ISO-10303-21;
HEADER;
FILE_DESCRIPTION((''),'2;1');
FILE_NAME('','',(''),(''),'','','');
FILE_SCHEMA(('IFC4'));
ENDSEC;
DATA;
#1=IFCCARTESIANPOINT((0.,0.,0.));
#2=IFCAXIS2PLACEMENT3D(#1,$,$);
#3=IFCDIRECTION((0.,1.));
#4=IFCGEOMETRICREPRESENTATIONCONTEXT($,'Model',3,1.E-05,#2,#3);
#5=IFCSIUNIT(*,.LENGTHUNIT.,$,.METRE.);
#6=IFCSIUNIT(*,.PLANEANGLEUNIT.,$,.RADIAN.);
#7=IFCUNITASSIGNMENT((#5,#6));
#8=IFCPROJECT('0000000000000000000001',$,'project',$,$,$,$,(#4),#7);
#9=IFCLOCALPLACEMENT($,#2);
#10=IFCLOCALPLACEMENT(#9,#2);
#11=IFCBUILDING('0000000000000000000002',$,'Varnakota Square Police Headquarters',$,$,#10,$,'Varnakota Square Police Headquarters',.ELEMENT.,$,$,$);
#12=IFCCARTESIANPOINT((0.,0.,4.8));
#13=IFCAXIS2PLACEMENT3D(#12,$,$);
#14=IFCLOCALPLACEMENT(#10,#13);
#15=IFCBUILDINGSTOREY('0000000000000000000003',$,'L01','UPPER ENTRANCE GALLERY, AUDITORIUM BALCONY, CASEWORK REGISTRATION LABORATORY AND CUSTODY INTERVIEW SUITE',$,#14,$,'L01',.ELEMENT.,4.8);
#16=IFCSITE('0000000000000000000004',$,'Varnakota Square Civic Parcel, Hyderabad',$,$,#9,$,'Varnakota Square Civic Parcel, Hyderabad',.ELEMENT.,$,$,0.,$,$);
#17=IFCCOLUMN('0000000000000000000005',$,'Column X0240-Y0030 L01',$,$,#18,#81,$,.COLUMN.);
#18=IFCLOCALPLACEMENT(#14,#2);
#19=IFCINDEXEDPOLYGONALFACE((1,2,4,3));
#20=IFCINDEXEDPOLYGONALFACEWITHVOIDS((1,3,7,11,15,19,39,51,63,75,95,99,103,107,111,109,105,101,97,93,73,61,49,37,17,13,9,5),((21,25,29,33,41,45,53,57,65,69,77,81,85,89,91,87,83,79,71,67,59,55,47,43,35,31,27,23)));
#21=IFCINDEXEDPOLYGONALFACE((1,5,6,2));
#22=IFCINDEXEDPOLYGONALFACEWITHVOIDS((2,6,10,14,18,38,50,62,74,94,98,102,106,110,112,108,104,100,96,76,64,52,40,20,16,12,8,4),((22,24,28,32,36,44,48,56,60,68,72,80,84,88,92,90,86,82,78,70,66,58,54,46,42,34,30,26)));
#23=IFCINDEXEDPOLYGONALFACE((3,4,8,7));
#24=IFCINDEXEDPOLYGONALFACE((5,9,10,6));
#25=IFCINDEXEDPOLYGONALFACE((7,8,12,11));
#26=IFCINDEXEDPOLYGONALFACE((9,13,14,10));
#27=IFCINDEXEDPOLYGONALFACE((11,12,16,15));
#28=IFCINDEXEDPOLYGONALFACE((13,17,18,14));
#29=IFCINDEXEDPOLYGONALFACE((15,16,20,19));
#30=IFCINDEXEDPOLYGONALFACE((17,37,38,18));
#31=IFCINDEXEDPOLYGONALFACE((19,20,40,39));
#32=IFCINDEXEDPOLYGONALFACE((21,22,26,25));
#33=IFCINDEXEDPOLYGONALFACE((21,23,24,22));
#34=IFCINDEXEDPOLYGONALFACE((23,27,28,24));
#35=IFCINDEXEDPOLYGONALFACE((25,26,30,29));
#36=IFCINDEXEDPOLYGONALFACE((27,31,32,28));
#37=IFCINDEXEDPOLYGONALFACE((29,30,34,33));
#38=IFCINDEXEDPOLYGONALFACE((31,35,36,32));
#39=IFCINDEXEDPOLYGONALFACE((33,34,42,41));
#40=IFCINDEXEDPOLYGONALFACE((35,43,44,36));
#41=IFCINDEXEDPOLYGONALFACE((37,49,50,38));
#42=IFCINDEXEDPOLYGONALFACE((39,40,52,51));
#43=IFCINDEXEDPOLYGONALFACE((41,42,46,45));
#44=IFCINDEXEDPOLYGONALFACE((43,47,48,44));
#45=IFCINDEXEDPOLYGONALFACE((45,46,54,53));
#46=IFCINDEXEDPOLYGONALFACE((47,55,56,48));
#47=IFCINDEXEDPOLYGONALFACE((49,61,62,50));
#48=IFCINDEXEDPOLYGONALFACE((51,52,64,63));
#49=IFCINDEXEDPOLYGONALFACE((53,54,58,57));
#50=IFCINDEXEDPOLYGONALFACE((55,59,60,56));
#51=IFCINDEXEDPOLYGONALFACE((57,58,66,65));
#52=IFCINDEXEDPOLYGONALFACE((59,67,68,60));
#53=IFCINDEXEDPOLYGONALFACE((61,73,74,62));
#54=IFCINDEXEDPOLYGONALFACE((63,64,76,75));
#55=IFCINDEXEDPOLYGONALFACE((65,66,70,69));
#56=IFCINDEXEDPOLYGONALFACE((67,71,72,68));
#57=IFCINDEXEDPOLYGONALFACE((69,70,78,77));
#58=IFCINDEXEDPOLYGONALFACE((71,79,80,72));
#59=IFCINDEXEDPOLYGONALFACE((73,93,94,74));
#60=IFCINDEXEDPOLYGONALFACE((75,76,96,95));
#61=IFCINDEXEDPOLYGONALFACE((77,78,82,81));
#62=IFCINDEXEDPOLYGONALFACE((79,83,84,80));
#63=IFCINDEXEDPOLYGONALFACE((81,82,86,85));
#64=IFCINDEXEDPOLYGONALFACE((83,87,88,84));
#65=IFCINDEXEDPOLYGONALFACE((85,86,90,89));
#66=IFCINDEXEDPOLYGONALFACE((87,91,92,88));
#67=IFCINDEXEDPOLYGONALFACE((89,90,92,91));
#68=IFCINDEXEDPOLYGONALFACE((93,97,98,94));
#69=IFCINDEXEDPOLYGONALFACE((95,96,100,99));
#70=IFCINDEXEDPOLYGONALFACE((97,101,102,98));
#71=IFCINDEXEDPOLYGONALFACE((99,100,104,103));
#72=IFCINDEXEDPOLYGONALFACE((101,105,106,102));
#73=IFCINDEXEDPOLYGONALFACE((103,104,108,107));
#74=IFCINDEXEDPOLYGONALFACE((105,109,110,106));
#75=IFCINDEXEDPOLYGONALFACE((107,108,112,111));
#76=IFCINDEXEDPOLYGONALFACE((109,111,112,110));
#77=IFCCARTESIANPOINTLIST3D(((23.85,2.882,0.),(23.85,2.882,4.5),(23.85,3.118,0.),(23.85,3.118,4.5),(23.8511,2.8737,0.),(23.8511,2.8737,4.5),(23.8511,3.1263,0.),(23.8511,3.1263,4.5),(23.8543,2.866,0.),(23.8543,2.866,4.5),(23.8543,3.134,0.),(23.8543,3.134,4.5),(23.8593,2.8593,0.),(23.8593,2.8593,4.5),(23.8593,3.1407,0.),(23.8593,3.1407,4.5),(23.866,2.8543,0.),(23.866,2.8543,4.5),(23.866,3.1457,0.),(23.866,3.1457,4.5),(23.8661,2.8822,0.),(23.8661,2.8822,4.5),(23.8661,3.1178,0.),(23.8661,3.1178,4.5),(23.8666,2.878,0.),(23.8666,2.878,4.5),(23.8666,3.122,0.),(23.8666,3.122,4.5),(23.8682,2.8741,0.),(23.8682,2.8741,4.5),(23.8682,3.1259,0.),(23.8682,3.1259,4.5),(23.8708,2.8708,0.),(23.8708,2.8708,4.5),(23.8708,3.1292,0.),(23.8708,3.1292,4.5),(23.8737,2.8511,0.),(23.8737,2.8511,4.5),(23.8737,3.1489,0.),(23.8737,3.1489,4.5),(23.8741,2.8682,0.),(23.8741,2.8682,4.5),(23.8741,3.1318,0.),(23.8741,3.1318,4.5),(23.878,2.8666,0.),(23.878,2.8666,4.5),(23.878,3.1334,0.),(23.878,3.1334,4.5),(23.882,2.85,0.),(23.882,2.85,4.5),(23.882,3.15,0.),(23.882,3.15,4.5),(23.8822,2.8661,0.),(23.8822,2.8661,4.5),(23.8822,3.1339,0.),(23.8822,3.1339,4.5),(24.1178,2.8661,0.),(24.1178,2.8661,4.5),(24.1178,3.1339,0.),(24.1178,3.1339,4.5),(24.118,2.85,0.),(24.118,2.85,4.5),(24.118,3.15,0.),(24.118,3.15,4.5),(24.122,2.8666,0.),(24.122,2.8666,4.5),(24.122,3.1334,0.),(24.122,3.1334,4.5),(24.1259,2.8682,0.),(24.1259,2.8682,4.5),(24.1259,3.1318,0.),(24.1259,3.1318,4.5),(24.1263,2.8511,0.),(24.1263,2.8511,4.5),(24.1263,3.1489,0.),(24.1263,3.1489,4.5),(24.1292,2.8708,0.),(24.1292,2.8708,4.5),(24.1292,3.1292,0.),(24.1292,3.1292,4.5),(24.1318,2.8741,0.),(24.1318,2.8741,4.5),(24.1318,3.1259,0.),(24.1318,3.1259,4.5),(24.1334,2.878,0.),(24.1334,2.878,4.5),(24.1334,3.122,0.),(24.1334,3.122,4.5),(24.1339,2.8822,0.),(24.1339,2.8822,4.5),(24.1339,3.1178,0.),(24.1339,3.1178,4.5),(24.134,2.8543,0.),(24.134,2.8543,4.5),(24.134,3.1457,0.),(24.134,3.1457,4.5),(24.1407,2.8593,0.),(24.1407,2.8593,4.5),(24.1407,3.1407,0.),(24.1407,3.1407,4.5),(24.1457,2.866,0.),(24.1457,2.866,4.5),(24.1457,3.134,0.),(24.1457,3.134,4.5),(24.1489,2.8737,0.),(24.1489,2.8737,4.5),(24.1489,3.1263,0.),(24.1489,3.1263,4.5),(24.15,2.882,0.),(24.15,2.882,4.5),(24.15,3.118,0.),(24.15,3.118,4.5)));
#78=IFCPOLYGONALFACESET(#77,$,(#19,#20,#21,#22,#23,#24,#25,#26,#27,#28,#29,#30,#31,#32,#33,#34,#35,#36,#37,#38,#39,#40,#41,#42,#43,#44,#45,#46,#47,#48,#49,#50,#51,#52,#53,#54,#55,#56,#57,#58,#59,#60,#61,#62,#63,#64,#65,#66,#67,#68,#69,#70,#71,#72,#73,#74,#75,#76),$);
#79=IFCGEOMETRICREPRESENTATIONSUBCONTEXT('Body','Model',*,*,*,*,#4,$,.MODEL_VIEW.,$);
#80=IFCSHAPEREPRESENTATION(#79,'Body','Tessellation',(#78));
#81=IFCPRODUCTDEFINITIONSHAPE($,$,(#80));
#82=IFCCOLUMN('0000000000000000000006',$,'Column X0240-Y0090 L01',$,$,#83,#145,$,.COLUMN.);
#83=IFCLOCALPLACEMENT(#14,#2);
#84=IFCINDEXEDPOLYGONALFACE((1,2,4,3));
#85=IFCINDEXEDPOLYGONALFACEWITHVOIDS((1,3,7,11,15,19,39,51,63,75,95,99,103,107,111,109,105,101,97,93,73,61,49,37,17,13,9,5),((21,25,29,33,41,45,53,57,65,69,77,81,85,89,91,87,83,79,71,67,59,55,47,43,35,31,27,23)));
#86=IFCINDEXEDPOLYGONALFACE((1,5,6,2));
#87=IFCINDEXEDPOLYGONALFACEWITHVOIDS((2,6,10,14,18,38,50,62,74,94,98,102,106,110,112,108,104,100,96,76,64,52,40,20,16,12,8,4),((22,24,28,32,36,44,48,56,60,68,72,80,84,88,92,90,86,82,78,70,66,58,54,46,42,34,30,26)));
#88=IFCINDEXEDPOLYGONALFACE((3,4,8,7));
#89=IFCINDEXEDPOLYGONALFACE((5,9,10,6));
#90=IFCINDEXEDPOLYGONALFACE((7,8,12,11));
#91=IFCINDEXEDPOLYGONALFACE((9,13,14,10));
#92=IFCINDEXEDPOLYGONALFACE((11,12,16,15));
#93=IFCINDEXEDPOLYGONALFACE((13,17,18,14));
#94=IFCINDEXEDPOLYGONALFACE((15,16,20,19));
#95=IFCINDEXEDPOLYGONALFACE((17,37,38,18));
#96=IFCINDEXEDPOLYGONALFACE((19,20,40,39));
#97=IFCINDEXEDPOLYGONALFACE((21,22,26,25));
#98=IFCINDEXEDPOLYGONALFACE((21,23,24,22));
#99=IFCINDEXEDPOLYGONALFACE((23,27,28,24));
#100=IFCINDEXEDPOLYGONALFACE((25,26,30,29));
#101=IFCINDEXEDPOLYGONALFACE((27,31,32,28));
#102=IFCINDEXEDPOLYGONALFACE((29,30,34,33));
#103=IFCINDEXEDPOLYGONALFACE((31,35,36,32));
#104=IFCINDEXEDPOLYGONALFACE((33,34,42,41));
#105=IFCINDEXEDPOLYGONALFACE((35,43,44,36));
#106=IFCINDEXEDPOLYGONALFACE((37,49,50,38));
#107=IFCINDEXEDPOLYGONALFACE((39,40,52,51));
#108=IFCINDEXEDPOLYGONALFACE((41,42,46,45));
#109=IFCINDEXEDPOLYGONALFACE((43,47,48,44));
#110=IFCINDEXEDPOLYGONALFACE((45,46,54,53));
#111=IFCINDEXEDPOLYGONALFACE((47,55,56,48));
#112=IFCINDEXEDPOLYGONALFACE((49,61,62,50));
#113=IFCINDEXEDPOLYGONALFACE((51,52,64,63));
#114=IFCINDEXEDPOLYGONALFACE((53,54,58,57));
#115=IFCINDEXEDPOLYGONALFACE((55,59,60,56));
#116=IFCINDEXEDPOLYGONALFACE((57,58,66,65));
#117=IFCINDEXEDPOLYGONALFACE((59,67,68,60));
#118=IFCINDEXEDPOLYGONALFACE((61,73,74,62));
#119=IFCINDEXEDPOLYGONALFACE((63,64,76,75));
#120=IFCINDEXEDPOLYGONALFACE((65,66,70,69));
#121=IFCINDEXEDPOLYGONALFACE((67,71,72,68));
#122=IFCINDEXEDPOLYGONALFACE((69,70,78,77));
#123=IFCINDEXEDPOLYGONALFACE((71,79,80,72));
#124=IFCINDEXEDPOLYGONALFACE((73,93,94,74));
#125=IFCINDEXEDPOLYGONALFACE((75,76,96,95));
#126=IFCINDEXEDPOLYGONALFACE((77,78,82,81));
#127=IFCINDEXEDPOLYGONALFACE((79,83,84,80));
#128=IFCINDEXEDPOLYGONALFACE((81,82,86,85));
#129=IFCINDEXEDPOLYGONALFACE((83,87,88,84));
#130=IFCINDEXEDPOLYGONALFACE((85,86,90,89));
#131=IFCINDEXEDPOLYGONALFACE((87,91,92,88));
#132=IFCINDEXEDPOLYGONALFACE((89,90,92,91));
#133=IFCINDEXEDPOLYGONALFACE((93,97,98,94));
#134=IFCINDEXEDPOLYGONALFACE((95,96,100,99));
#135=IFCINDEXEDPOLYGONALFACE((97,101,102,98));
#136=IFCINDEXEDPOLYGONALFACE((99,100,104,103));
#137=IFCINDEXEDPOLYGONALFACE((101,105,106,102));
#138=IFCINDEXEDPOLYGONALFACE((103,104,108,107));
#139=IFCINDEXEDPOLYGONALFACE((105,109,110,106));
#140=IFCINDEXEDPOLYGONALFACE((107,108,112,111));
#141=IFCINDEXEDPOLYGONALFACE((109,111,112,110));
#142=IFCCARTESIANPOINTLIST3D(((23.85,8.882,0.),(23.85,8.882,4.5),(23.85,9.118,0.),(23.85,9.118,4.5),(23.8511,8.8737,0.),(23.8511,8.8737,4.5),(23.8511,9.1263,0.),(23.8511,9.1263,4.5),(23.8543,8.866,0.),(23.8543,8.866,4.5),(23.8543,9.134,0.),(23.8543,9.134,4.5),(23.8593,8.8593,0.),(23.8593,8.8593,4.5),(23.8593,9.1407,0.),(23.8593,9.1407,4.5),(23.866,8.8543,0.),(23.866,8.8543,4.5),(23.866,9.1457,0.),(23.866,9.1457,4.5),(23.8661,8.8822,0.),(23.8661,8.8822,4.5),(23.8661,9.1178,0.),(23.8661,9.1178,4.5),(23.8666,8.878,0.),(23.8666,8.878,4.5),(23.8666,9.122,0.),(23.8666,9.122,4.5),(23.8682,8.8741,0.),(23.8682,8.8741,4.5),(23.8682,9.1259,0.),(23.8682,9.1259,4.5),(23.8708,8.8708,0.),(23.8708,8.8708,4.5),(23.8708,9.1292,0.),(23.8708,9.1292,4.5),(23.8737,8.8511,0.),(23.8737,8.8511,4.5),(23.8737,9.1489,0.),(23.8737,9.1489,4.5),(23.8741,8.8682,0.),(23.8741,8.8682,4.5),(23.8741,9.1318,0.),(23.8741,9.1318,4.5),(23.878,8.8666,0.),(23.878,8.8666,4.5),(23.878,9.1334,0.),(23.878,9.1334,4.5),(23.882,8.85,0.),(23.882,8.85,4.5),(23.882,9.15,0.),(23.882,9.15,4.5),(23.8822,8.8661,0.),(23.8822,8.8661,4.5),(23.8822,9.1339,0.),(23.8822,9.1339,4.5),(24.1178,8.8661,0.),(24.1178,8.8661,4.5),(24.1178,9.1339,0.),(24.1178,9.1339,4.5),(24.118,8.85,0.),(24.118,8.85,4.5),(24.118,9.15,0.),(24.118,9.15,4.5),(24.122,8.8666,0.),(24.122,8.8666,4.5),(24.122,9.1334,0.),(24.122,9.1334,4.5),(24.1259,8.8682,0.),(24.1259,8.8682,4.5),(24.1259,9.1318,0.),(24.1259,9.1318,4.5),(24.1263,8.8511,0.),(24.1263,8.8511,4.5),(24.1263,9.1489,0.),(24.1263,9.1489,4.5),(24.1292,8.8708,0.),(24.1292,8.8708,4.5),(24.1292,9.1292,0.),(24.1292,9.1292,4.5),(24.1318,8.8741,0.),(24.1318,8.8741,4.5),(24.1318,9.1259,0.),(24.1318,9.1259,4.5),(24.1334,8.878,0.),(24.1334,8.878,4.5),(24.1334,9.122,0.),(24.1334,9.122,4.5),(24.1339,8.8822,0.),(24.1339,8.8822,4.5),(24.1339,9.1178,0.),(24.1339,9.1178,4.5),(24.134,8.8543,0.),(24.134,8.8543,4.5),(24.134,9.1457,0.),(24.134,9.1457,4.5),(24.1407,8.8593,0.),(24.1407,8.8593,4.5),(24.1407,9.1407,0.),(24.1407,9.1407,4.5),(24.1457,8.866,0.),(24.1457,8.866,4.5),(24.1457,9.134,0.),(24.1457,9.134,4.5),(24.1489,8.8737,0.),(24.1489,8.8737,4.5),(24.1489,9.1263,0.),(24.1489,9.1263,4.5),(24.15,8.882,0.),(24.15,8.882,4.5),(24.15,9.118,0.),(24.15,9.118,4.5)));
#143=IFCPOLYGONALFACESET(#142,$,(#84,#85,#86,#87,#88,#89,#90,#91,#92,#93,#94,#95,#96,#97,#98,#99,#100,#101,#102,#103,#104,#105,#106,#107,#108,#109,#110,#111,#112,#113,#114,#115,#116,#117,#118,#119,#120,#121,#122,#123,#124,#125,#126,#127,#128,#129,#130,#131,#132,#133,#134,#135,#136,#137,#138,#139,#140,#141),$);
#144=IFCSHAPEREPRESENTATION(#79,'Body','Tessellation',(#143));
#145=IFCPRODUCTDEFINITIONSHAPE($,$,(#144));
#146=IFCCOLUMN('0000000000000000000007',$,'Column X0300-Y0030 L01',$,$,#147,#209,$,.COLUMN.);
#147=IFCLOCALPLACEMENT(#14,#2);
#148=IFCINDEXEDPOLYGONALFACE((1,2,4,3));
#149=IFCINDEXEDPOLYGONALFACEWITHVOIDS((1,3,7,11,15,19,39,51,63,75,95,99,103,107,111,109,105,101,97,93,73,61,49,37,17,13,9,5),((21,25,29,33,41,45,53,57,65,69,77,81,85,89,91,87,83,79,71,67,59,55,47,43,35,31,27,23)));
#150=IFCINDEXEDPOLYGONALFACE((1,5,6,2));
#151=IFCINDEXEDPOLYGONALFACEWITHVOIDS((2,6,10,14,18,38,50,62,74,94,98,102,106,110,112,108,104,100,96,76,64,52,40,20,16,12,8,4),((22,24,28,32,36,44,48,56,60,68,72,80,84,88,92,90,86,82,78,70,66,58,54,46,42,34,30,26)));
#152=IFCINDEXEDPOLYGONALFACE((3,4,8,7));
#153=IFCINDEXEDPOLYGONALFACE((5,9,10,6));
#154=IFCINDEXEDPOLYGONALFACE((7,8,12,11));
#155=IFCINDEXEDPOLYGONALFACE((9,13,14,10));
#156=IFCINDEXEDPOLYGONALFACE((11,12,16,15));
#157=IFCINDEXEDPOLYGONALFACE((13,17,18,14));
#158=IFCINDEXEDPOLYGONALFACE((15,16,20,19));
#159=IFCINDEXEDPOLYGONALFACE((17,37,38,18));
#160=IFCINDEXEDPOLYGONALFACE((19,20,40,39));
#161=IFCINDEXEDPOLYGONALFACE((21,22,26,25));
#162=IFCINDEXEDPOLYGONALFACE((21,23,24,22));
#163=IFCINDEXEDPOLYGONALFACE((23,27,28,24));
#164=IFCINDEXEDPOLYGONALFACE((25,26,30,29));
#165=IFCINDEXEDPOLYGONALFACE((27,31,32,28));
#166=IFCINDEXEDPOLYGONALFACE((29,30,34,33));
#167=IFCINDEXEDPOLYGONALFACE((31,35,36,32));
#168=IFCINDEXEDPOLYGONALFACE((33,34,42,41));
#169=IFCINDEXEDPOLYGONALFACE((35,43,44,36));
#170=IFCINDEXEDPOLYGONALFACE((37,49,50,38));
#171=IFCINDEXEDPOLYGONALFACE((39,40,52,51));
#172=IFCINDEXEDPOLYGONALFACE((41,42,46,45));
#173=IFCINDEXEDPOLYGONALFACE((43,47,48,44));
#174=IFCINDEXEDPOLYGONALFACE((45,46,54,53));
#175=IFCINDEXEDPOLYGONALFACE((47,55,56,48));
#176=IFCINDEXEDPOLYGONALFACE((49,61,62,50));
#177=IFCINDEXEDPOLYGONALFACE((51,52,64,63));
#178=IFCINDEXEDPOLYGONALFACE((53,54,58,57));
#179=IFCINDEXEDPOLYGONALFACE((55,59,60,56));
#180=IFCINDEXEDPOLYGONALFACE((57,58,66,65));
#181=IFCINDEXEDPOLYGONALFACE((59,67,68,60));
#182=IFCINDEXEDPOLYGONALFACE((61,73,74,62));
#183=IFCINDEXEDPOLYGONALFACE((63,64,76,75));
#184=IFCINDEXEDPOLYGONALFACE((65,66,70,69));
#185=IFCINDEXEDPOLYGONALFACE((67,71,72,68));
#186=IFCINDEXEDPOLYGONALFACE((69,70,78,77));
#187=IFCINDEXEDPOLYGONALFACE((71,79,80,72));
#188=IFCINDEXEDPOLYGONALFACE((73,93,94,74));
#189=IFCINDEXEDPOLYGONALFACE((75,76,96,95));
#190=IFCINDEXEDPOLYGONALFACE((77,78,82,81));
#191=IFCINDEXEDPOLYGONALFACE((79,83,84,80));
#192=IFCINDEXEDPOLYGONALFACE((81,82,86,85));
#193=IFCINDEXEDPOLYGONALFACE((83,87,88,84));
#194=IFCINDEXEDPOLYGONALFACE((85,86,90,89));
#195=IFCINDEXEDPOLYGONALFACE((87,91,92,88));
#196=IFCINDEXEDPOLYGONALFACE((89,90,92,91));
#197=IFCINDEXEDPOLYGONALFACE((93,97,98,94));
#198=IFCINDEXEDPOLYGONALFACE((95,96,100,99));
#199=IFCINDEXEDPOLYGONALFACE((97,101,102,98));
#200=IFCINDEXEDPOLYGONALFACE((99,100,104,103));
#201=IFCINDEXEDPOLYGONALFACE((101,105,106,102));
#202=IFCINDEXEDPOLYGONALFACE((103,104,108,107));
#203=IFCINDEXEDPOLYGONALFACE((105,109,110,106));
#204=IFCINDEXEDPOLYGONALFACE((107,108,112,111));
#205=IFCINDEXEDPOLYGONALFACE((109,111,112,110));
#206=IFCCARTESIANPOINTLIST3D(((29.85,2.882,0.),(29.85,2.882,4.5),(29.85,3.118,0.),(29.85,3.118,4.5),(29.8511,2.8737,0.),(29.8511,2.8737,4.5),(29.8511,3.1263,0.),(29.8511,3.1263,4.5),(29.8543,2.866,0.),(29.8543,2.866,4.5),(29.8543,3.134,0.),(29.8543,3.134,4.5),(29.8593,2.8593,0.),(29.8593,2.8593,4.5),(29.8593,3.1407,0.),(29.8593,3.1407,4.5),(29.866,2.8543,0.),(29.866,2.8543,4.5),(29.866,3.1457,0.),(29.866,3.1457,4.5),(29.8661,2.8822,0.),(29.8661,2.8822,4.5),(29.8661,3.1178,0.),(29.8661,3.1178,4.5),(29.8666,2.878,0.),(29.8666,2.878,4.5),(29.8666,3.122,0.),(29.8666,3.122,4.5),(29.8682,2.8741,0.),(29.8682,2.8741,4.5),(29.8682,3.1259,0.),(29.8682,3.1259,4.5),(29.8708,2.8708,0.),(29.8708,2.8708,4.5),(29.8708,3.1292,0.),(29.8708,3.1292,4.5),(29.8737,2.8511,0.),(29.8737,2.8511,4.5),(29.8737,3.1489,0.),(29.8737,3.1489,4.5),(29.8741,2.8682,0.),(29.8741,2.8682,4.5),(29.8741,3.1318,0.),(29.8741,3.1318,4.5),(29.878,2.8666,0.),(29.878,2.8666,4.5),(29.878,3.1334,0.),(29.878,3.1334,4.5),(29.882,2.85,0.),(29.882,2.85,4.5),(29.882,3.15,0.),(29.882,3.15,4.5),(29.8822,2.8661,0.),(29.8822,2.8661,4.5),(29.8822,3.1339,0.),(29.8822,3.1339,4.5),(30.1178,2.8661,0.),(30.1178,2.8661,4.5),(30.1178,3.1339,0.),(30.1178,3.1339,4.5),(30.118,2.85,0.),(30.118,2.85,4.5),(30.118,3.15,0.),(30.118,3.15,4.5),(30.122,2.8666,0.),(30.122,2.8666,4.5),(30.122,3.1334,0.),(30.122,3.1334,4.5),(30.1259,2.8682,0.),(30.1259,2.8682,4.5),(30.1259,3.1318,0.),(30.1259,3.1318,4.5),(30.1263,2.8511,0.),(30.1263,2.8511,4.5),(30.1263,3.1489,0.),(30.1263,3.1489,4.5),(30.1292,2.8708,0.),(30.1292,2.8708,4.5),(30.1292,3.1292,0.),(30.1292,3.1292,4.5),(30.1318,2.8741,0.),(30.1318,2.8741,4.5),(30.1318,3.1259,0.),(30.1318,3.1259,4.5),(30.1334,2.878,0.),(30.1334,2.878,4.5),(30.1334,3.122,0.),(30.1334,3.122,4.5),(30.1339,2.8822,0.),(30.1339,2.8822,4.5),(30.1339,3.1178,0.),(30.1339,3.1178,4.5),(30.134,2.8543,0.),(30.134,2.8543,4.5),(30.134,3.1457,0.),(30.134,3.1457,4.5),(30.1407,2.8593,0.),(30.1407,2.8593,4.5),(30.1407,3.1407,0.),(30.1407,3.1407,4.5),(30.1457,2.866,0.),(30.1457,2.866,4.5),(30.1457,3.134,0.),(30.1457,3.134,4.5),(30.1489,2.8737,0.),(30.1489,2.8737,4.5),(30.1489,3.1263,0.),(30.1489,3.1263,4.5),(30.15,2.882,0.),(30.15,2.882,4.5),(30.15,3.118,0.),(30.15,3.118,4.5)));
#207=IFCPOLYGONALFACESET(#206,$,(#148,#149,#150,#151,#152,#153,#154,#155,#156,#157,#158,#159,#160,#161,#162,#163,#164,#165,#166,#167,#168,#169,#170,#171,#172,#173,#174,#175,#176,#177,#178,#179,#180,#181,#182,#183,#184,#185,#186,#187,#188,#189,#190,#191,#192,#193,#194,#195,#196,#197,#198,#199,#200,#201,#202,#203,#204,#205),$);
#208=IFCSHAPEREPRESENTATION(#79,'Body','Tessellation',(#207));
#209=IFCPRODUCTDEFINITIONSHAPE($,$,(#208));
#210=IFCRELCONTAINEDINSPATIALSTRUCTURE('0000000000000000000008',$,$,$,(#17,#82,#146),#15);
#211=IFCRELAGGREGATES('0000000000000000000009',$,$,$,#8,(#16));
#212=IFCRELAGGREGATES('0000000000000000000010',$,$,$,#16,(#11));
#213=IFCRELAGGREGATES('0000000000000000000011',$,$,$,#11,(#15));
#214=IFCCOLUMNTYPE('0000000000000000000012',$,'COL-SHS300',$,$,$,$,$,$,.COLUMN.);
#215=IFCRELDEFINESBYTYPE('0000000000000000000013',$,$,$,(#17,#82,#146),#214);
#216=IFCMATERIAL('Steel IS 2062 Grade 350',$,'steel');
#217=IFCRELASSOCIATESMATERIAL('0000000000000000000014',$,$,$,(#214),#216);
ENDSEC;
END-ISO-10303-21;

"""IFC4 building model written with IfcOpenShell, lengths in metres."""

from ifc_helpers import new_model, si_unit, direction, frame, origin, origin_2d, place, context, subcontext, project, spatial, hollow_rectangle, extrude, material, material_profile, profile_set, type_object, element, save


model = new_model("IFC4")

# Units and contexts
model_context = context("Model", 3, precision=1e-05, world=origin(), true_north=direction((0.0, 1.0)))
body_context = subcontext(model_context, "Body", "Model", "MODEL_VIEW")
ifc_project = project(units=[si_unit("LENGTHUNIT", "METRE"), si_unit("PLANEANGLEUNIT", "RADIAN")], contexts=[model_context])

# Site, building, storey
site_placement = place(None, origin())
site = spatial("IfcSite", under=ifc_project, at=site_placement, Name="Varnakota Square Civic Parcel, Hyderabad", LongName="Varnakota Square Civic Parcel, Hyderabad", CompositionType="ELEMENT", RefElevation=0.0)
building_placement = place(site_placement, origin())
building = spatial("IfcBuilding", under=site, at=building_placement, Name="Varnakota Square Police Headquarters", LongName="Varnakota Square Police Headquarters", CompositionType="ELEMENT")
storey_placement = place(building_placement, frame((0.0, 0.0, 4.8)))
storey = spatial("IfcBuildingStorey", under=building, at=storey_placement, Name="L01", Description="UPPER ENTRANCE GALLERY, AUDITORIUM BALCONY, CASEWORK REGISTRATION LABORATORY AND CUSTODY INTERVIEW SUITE", LongName="L01", CompositionType="ELEMENT", Elevation=4.8)

# Columns
ifc_material_1 = material(Name="Steel IS 2062 Grade 350", Category="steel")
ifc_material_profile_1 = material_profile(ifc_material_1, hollow_rectangle(XDim=0.3, YDim=0.3, WallThickness=0.0161, InnerFilletRadius=0.0161, OuterFilletRadius=0.032, at=origin_2d()), Name="SHS 300x300x16")
ifc_profile_set_1 = profile_set([ifc_material_profile_1], Name="Steel IS 2062 Grade 350")
column_type = type_object("IfcColumnType", Name="COL-SHS300", PredefinedType="COLUMN", material=ifc_profile_set_1)
for number, where, z_axis, x_axis, name in (
    (1, (24.0, 3.0, 0.0), (0.0, 0.0, 1.0), (1.0, 0.0, 0.0), "Column X0240-Y0030 L01"),
    (2, (24.0, 9.0, 0.0), (0.0, 0.0, 1.0), (1.0, 0.0, 0.0), "Column X0240-Y0090 L01"),
    (3, (30.0, 3.0, 0.0), (0.0, 0.0, 1.0), (1.0, 0.0, 0.0), "Column X0300-Y0030 L01"),
):
    element("IfcColumn", number, at=place(storey_placement, frame(where, z_axis=z_axis, x_axis=x_axis)), inside=storey, type_object=column_type, Name=name, PredefinedType="COLUMN", context=body_context, shape_type="SweptSolid", body=[
        extrude(hollow_rectangle(XDim=0.3, YDim=0.3, WallThickness=0.0161, InnerFilletRadius=0.0161, OuterFilletRadius=0.032, at=origin_2d()), origin(), (0.0, 0.0, 1.0), 4.5),
    ])

save(model, "model.ifc")
